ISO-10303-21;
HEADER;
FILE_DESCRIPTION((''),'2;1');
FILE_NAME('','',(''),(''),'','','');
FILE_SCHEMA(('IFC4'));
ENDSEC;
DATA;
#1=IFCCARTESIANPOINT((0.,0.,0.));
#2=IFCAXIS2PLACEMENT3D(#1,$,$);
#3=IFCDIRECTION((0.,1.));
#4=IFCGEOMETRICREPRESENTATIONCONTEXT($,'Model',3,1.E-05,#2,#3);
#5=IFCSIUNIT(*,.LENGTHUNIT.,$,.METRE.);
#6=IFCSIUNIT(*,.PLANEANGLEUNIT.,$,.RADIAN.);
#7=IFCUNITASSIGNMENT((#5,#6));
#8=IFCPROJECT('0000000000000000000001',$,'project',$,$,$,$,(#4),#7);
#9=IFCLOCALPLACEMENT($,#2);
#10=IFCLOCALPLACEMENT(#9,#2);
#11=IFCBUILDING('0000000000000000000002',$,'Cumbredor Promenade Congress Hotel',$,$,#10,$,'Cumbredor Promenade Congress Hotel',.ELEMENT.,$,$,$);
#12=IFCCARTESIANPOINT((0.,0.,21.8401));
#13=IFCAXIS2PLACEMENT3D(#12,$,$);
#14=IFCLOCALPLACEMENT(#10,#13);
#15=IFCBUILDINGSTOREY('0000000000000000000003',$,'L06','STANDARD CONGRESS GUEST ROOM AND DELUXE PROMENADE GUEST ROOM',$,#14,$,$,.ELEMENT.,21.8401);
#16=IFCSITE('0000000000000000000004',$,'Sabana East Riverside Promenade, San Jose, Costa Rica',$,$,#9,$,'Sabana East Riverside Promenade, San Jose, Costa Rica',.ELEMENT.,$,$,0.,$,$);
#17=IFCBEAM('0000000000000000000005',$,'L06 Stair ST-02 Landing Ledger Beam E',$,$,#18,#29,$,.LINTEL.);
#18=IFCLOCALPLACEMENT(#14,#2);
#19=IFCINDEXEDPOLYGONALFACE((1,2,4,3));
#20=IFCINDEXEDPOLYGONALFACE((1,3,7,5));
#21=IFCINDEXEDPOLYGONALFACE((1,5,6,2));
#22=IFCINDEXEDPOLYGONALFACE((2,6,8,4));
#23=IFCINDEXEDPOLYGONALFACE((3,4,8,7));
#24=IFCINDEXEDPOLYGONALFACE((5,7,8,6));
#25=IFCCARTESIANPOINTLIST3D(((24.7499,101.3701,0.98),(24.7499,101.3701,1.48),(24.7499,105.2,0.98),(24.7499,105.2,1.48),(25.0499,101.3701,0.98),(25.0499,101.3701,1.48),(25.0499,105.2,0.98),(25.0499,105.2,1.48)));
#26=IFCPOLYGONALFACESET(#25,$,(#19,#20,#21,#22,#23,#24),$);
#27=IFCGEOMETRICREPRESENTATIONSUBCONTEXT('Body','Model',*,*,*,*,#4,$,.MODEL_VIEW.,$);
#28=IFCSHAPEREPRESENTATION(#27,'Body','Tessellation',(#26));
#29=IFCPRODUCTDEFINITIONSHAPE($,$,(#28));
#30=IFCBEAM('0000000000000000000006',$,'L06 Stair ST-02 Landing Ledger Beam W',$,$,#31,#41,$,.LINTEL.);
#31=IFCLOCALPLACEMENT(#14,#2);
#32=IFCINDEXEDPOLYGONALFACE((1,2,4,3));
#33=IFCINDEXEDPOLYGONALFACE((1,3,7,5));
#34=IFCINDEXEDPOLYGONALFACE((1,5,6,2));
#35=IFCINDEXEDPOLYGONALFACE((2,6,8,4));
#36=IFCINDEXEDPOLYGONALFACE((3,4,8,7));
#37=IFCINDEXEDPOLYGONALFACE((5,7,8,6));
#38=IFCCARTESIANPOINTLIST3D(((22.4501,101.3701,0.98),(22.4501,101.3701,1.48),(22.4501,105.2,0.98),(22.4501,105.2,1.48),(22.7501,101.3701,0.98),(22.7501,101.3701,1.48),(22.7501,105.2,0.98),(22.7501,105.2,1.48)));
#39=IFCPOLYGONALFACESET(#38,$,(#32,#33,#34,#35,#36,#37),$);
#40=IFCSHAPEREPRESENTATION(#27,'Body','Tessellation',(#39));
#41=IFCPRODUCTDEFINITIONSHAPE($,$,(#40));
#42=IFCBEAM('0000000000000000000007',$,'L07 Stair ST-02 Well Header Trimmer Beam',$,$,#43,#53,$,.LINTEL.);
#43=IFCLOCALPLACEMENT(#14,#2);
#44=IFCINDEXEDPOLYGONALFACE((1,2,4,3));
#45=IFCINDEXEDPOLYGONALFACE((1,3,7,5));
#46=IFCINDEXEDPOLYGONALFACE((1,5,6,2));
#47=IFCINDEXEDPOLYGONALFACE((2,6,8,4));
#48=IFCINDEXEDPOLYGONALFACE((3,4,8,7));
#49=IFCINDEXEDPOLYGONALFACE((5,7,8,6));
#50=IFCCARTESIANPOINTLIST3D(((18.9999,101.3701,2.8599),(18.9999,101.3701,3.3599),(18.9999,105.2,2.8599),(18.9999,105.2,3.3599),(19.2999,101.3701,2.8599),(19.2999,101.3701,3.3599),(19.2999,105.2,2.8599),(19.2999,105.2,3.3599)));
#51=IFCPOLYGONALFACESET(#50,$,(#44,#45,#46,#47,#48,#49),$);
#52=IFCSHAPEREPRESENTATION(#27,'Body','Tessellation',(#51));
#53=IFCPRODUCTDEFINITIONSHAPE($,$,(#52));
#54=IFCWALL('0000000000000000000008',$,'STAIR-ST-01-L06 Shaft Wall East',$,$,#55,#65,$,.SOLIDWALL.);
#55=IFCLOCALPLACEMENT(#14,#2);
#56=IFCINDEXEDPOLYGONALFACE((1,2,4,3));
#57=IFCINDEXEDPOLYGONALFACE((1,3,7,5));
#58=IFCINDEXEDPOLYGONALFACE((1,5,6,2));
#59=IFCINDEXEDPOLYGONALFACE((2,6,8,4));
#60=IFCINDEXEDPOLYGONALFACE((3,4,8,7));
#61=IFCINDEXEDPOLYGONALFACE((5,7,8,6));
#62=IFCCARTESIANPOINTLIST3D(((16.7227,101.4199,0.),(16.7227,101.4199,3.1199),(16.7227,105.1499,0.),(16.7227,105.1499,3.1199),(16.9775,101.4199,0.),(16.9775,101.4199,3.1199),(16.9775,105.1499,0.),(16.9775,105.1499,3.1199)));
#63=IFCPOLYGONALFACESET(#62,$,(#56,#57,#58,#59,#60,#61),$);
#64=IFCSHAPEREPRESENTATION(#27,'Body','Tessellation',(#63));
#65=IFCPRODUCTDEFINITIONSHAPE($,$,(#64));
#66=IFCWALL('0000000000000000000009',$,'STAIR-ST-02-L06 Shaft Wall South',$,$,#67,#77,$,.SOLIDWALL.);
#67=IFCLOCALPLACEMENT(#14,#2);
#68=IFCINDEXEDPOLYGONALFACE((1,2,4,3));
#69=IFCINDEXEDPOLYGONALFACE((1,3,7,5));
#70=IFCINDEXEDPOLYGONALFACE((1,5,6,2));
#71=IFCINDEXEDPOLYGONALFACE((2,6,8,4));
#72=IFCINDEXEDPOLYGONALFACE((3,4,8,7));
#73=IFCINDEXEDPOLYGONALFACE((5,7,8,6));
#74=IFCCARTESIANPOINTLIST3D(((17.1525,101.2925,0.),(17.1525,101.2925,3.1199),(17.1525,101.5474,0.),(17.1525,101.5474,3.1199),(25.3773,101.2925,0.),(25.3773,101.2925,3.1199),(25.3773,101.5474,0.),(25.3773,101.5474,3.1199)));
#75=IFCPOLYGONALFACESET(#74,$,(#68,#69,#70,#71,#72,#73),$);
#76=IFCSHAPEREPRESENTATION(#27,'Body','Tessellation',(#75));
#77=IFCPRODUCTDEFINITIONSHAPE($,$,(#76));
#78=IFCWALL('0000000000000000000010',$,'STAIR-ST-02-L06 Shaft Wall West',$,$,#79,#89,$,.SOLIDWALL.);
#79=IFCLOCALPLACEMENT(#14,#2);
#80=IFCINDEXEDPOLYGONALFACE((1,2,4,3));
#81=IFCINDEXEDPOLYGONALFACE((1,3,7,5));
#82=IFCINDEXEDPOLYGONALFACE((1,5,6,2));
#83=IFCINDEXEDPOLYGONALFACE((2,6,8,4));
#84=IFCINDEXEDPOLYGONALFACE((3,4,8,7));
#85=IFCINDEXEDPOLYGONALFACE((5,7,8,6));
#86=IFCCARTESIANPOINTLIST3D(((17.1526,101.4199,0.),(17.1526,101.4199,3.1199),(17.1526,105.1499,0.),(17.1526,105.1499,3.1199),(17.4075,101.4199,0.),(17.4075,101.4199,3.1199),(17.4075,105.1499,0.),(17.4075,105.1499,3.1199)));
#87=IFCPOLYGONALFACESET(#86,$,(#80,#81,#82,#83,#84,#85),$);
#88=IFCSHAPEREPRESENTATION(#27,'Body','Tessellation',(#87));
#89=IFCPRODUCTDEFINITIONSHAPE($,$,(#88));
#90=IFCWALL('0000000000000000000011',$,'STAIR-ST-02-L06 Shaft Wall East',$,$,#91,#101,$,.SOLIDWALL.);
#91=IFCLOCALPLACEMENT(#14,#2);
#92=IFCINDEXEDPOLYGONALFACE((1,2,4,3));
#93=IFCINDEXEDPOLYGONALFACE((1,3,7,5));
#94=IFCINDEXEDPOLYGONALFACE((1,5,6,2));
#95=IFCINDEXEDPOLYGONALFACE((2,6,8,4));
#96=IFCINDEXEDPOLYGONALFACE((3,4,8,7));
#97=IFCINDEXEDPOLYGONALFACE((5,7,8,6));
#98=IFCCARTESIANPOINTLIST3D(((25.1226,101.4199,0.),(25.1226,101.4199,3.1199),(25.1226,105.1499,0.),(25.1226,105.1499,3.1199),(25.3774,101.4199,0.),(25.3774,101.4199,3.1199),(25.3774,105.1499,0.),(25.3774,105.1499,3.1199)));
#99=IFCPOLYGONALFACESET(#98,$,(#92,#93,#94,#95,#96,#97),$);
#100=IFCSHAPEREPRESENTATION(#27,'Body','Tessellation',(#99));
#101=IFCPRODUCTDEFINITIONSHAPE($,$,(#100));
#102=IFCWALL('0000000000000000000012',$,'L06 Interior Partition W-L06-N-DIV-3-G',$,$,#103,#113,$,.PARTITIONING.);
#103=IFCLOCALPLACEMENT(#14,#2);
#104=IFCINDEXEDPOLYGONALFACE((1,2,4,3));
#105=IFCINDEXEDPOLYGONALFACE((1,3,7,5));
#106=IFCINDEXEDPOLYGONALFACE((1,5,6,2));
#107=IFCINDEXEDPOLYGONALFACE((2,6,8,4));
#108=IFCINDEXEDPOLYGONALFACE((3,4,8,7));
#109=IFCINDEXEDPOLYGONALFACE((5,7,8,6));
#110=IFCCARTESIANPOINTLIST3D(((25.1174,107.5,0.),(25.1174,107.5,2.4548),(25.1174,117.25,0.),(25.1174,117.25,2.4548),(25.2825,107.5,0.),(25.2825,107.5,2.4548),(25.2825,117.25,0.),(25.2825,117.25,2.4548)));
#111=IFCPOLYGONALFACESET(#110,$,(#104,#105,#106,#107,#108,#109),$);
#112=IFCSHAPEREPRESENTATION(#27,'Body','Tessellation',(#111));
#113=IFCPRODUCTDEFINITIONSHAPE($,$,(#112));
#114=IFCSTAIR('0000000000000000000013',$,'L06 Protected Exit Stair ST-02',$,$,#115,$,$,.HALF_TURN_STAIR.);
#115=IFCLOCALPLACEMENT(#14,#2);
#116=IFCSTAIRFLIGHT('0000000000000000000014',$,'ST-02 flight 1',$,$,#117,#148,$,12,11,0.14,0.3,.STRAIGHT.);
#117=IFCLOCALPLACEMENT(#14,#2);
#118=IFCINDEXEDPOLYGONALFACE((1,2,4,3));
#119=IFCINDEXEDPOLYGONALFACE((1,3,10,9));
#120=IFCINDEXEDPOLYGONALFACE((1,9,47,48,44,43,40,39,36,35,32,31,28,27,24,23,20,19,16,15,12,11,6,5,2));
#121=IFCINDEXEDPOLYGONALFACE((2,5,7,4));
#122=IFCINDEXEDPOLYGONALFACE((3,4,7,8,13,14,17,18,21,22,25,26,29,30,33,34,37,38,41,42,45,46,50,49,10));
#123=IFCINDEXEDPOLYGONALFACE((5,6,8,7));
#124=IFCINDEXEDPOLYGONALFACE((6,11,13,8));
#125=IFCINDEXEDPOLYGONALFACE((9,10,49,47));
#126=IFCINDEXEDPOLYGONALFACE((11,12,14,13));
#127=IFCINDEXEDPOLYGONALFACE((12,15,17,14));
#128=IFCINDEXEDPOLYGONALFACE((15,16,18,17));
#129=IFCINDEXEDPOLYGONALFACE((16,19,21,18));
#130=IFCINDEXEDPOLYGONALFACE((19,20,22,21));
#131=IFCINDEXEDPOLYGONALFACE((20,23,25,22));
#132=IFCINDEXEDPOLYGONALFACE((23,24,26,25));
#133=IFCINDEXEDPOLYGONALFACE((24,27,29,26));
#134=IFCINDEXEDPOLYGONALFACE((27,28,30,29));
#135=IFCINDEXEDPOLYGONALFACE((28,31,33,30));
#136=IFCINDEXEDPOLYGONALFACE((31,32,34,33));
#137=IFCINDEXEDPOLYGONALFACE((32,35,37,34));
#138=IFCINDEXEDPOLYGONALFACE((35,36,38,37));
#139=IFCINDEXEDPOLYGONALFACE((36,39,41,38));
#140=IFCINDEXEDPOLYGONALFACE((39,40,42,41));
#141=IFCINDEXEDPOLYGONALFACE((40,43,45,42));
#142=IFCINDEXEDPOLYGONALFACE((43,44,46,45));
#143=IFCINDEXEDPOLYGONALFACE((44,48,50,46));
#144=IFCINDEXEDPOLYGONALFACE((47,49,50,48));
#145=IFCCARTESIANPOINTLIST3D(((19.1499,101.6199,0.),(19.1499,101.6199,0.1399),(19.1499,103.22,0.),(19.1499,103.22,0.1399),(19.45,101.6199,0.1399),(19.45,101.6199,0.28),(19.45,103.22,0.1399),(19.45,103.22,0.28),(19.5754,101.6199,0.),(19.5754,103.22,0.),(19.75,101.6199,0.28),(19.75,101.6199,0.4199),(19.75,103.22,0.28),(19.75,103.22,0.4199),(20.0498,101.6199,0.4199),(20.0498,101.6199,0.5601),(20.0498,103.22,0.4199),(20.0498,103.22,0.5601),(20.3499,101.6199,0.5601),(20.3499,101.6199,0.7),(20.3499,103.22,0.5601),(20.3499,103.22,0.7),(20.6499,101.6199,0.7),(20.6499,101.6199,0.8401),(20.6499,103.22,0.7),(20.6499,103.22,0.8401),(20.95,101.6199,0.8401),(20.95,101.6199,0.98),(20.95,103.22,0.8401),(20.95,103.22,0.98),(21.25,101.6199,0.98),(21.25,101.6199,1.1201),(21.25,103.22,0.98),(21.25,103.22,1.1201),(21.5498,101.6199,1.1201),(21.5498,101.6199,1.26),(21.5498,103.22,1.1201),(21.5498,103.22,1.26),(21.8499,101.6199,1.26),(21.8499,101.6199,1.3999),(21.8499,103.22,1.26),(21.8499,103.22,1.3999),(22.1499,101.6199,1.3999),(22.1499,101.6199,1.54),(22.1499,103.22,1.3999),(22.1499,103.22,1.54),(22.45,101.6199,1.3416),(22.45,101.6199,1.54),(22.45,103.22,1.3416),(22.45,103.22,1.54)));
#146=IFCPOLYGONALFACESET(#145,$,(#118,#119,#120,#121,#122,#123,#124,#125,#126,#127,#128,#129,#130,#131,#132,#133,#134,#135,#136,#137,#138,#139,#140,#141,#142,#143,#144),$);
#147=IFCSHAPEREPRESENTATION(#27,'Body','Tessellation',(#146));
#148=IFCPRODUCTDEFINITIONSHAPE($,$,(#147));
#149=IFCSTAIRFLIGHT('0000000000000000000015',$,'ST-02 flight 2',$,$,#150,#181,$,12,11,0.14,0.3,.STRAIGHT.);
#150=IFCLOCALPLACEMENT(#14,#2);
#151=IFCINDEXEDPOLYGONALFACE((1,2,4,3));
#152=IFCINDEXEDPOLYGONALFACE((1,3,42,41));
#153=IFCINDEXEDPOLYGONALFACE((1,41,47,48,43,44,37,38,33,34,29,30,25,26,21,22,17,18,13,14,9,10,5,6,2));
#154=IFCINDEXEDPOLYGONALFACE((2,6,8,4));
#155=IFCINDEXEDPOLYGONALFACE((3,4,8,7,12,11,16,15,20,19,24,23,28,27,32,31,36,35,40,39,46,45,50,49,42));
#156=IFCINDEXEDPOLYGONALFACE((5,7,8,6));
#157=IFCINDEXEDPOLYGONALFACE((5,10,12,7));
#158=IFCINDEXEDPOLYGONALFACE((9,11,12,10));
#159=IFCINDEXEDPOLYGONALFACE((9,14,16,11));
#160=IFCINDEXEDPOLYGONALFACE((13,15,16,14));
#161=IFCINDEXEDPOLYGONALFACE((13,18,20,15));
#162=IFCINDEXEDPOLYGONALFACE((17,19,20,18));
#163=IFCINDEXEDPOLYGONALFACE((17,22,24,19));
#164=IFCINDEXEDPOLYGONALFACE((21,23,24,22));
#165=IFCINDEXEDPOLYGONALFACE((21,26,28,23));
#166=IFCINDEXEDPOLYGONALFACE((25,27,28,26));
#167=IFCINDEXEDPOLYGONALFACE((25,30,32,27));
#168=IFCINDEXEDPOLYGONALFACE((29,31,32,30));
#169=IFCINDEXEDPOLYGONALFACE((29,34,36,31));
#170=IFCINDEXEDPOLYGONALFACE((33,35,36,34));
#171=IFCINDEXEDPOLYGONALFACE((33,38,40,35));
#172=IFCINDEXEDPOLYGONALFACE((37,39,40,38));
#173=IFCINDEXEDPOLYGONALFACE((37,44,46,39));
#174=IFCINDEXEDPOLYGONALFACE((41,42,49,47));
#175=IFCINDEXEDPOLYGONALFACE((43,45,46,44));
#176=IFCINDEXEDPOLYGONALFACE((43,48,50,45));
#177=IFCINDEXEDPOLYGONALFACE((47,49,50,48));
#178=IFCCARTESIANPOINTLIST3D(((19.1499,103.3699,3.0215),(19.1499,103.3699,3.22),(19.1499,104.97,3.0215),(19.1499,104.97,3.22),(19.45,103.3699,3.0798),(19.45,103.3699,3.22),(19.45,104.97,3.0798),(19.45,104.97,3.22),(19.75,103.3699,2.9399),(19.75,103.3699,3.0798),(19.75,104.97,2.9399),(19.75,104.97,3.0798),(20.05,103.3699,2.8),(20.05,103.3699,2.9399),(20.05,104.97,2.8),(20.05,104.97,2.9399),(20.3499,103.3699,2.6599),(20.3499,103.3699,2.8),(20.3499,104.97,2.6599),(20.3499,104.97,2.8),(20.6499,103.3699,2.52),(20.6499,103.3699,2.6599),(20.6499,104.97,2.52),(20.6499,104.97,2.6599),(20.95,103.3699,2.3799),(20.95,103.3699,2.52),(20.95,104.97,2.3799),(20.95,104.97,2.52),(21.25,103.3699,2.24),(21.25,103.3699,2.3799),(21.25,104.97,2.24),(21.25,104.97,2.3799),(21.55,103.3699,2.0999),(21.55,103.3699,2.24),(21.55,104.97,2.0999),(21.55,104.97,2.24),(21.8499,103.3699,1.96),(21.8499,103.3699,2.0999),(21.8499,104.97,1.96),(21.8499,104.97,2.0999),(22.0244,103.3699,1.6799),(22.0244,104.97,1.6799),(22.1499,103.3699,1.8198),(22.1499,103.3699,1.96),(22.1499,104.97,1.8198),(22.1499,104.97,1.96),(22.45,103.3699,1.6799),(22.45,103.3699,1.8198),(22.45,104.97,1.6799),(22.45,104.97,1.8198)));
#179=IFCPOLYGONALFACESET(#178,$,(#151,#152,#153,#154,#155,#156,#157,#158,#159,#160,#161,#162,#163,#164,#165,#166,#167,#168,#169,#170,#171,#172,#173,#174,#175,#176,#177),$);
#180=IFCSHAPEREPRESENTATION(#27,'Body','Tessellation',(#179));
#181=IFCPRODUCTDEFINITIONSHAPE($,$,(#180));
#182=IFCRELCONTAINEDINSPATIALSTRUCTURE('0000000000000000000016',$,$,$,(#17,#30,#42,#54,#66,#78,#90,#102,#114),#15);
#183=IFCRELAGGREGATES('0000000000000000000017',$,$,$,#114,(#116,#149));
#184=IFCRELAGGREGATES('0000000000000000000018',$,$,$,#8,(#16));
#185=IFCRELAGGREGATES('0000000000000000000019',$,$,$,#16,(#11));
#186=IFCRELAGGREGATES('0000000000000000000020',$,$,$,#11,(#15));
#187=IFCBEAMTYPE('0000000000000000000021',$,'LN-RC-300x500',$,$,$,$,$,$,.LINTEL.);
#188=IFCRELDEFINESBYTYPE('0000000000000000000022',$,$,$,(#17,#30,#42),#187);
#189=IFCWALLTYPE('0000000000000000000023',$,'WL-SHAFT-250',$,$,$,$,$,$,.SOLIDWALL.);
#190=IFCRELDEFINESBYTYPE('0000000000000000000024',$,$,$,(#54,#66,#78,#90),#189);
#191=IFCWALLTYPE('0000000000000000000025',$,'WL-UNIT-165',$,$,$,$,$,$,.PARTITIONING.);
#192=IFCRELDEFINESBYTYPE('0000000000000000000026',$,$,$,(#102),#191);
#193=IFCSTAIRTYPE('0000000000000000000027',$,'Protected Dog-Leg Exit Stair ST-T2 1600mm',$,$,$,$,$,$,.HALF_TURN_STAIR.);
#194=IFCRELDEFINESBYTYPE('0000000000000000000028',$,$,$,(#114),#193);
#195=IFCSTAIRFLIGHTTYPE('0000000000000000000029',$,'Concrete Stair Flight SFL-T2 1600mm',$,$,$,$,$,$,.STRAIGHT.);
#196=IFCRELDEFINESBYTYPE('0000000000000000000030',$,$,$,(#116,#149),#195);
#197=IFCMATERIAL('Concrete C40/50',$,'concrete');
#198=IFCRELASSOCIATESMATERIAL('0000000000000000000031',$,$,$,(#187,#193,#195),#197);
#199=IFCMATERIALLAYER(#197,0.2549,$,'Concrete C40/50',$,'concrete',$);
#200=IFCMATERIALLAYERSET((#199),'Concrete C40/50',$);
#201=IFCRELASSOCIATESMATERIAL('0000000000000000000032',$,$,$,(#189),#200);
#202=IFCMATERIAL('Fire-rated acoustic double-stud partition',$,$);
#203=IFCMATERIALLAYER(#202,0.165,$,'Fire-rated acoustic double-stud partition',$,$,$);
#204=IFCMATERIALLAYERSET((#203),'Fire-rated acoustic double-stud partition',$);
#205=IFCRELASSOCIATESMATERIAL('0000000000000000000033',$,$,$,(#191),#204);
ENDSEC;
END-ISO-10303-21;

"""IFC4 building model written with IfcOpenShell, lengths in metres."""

from ifc_helpers import new_model, si_unit, direction, frame, frame_2d, origin, origin_2d, place, context, subcontext, project, spatial, polyline, rectangle, outline, extrude, material, layer, layer_set, material_profile, profile_set, type_object, element, aggregate, save


model = new_model("IFC4")

# Units and contexts
model_context = context("Model", 3, precision=1e-05, world=origin(), true_north=direction((0.0, 1.0)))
body_context = subcontext(model_context, "Body", "Model", "MODEL_VIEW")
ifc_project = project(units=[si_unit("LENGTHUNIT", "METRE"), si_unit("PLANEANGLEUNIT", "RADIAN")], contexts=[model_context])

# Site, building, storey
site_placement = place(None, origin())
site = spatial("IfcSite", under=ifc_project, at=site_placement, Name="Sabana East Riverside Promenade, San Jose, Costa Rica", LongName="Sabana East Riverside Promenade, San Jose, Costa Rica", CompositionType="ELEMENT", RefElevation=0.0)
building_placement = place(site_placement, origin())
building = spatial("IfcBuilding", under=site, at=building_placement, Name="Cumbredor Promenade Congress Hotel", LongName="Cumbredor Promenade Congress Hotel", CompositionType="ELEMENT")
storey_placement = place(building_placement, frame((0.0, 0.0, 21.8401)))
storey = spatial("IfcBuildingStorey", under=building, at=storey_placement, Name="L06", Description="STANDARD CONGRESS GUEST ROOM AND DELUXE PROMENADE GUEST ROOM", CompositionType="ELEMENT", Elevation=21.8401)

# Beams
ifc_material_1 = material(Name="Concrete C40/50", Category="concrete")
ifc_material_profile = material_profile(ifc_material_1, rectangle(XDim=0.3, YDim=0.5, at=origin_2d()), Name="RC LINTEL 300x500")
ifc_profile_set = profile_set([ifc_material_profile], Name="Concrete C40/50")
beam_type = type_object("IfcBeamType", Name="LN-RC-300x500", PredefinedType="LINTEL", material=ifc_profile_set)
for number, where, z_axis, x_axis, name in (
    (1, (24.8999, 101.3701, 1.23), (0.0, 1.0, 0.0), (-1.0, 0.0, 0.0), "L06 Stair ST-02 Landing Ledger Beam E"),
    (2, (22.6001, 101.3701, 1.23), (0.0, 1.0, 0.0), (-1.0, 0.0, 0.0), "L06 Stair ST-02 Landing Ledger Beam W"),
    (3, (19.1499, 101.3701, 3.1099), (0.0, 1.0, 0.0), (-1.0, 0.0, 0.0), "L07 Stair ST-02 Well Header Trimmer Beam"),
):
    element("IfcBeam", number, at=place(storey_placement, frame(where, z_axis=z_axis, x_axis=x_axis)), inside=storey, type_object=beam_type, Name=name, PredefinedType="LINTEL", context=body_context, shape_type="SweptSolid", body=[
        extrude(rectangle(XDim=0.3, YDim=0.5, at=origin_2d()), origin(), (0.0, 0.0, 1.0), 3.8298),
    ])

# Walls
ifc_layer_1 = layer(ifc_material_1, 0.2549, Name="Concrete C40/50", Category="concrete")
ifc_layer_set_1 = layer_set([ifc_layer_1], Name="Concrete C40/50")
wall_type_1 = type_object("IfcWallType", Name="WL-SHAFT-250", PredefinedType="SOLIDWALL", material=ifc_layer_set_1)
wall_1_placement = place(storey_placement, frame((16.8501, 101.4199, 0.0), z_axis=(0.0, 0.0, 1.0), x_axis=(0.0, 1.0, 0.0)))
element("IfcWall", 4, at=wall_1_placement, inside=storey, type_object=wall_type_1, Name="STAIR-ST-01-L06 Shaft Wall East", PredefinedType="SOLIDWALL", context=body_context, shape_type="SweptSolid", body=[
    extrude(rectangle(XDim=3.73, YDim=0.2549, at=frame_2d((1.865, 0.0))), origin(), (0.0, 0.0, 1.0), 3.1199),
])
wall_2_placement = place(storey_placement, frame((17.1526, 101.4199, 0.0), z_axis=(0.0, 0.0, 1.0), x_axis=(1.0, 0.0, 0.0)))
element("IfcWall", 5, at=wall_2_placement, inside=storey, type_object=wall_type_1, Name="STAIR-ST-02-L06 Shaft Wall South", PredefinedType="SOLIDWALL", context=body_context, shape_type="SweptSolid", body=[
    extrude(rectangle(XDim=8.2249, YDim=0.2549, at=frame_2d((4.1123, 0.0))), origin(), (0.0, 0.0, 1.0), 3.1199),
])

# Walls
for number, where, z_axis, x_axis, name in (
    (6, (17.28, 101.4199, 0.0), (0.0, 0.0, 1.0), (0.0, 1.0, 0.0), "STAIR-ST-02-L06 Shaft Wall West"),
    (7, (25.25, 101.4199, 0.0), (0.0, 0.0, 1.0), (0.0, 1.0, 0.0), "STAIR-ST-02-L06 Shaft Wall East"),
):
    element("IfcWall", number, at=place(storey_placement, frame(where, z_axis=z_axis, x_axis=x_axis)), inside=storey, type_object=wall_type_1, Name=name, PredefinedType="SOLIDWALL", context=body_context, shape_type="SweptSolid", body=[
        extrude(rectangle(XDim=3.73, YDim=0.2549, at=frame_2d((1.865, 0.0))), origin(), (0.0, 0.0, 1.0), 3.1199),
    ])
ifc_material_2 = material(Name="Fire-rated acoustic double-stud partition")
ifc_layer_2 = layer(ifc_material_2, 0.165, Name="Fire-rated acoustic double-stud partition")
ifc_layer_set_2 = layer_set([ifc_layer_2], Name="Fire-rated acoustic double-stud partition")
wall_type_2 = type_object("IfcWallType", Name="WL-UNIT-165", PredefinedType="PARTITIONING", material=ifc_layer_set_2)
wall_3_placement = place(storey_placement, frame((25.2, 107.5, 0.0), z_axis=(0.0, 0.0, 1.0), x_axis=(0.0, 1.0, 0.0)))
element("IfcWall", 8, at=wall_3_placement, inside=storey, type_object=wall_type_2, Name="L06 Interior Partition W-L06-N-DIV-3-G", PredefinedType="PARTITIONING", context=body_context, shape_type="SweptSolid", body=[
    extrude(rectangle(XDim=9.75, YDim=0.165, at=frame_2d((4.875, 0.0))), origin(), (0.0, 0.0, 1.0), 2.4548),
])

# Stair, stair flights
stair_type = type_object("IfcStairType", Name="Protected Dog-Leg Exit Stair ST-T2 1600mm", PredefinedType="HALF_TURN_STAIR", material=ifc_material_1)
stair_placement = place(storey_placement, origin())
stair = element("IfcStair", 9, at=stair_placement, inside=storey, type_object=stair_type, Name="L06 Protected Exit Stair ST-02", PredefinedType="HALF_TURN_STAIR")
stair_flight_type = type_object("IfcStairFlightType", Name="Concrete Stair Flight SFL-T2 1600mm", PredefinedType="STRAIGHT", material=ifc_material_1)
stair_flight_1_placement = place(storey_placement, frame((19.1499, 102.4199, 0.0), z_axis=(0.0, 0.0, 1.0), x_axis=(1.0, 0.0, 0.0)))
stair_flight_1 = element("IfcStairFlight", 10, at=stair_flight_1_placement, type_object=stair_flight_type, Name="ST-02 flight 1", NumberOfRisers=12, NumberOfTreads=11, PredefinedType="STRAIGHT", RiserHeight=0.14, TreadLength=0.3, context=body_context, shape_type="SweptSolid", body=[
    extrude(outline(polyline([(0.0, 0.0), (0.0, 0.1399), (0.3, 0.1399), (0.3, 0.28), (0.6001, 0.28), (0.6001, 0.4199), (0.8999, 0.4199), (0.8999, 0.5601), (1.2, 0.5601), (1.2, 0.7), (1.5, 0.7), (1.5, 0.8401), (1.8, 0.8401), (1.8, 0.98), (2.1001, 0.98), (2.1001, 1.1201), (2.3999, 1.1201), (2.3999, 1.26), (2.7, 1.26), (2.7, 1.3999), (3.0, 1.3999), (3.0, 1.54), (3.3, 1.54), (3.3, 1.6799), (3.3, 1.3416), (0.4255, 0.0), (0.0, 0.0)])), frame((0.0, 0.8, 0.0), z_axis=(0.0, -1.0, 0.0), x_axis=(1.0, 0.0, 0.0)), (0.0, 0.0, 1.0), 1.6001),
])
stair_flight_2_placement = place(storey_placement, frame((22.45, 104.1699, 1.6799), z_axis=(0.0, 0.0, 1.0), x_axis=(-1.0, 0.0, 0.0)))
stair_flight_2 = element("IfcStairFlight", 11, at=stair_flight_2_placement, type_object=stair_flight_type, Name="ST-02 flight 2", NumberOfRisers=12, NumberOfTreads=11, PredefinedType="STRAIGHT", RiserHeight=0.14, TreadLength=0.3, context=body_context, shape_type="SweptSolid", body=[
    extrude(outline(polyline([(0.0, 0.0), (0.0, 0.1399), (0.3, 0.1399), (0.3, 0.28), (0.6001, 0.28), (0.6001, 0.4199), (0.8999, 0.4199), (0.8999, 0.5601), (1.2, 0.5601), (1.2, 0.7), (1.5, 0.7), (1.5, 0.8401), (1.8, 0.8401), (1.8, 0.98), (2.1001, 0.98), (2.1001, 1.1201), (2.3999, 1.1201), (2.3999, 1.26), (2.7, 1.26), (2.7, 1.3999), (3.0, 1.3999), (3.0, 1.54), (3.3, 1.54), (3.3, 1.6799), (3.3, 1.3416), (0.4255, 0.0), (0.0, 0.0)])), frame((0.0, 0.8, 0.0), z_axis=(0.0, -1.0, 0.0), x_axis=(1.0, 0.0, 0.0)), (0.0, 0.0, 1.0), 1.6001),
])
aggregate(stair, [stair_flight_1, stair_flight_2])

save(model, "model.ifc")
